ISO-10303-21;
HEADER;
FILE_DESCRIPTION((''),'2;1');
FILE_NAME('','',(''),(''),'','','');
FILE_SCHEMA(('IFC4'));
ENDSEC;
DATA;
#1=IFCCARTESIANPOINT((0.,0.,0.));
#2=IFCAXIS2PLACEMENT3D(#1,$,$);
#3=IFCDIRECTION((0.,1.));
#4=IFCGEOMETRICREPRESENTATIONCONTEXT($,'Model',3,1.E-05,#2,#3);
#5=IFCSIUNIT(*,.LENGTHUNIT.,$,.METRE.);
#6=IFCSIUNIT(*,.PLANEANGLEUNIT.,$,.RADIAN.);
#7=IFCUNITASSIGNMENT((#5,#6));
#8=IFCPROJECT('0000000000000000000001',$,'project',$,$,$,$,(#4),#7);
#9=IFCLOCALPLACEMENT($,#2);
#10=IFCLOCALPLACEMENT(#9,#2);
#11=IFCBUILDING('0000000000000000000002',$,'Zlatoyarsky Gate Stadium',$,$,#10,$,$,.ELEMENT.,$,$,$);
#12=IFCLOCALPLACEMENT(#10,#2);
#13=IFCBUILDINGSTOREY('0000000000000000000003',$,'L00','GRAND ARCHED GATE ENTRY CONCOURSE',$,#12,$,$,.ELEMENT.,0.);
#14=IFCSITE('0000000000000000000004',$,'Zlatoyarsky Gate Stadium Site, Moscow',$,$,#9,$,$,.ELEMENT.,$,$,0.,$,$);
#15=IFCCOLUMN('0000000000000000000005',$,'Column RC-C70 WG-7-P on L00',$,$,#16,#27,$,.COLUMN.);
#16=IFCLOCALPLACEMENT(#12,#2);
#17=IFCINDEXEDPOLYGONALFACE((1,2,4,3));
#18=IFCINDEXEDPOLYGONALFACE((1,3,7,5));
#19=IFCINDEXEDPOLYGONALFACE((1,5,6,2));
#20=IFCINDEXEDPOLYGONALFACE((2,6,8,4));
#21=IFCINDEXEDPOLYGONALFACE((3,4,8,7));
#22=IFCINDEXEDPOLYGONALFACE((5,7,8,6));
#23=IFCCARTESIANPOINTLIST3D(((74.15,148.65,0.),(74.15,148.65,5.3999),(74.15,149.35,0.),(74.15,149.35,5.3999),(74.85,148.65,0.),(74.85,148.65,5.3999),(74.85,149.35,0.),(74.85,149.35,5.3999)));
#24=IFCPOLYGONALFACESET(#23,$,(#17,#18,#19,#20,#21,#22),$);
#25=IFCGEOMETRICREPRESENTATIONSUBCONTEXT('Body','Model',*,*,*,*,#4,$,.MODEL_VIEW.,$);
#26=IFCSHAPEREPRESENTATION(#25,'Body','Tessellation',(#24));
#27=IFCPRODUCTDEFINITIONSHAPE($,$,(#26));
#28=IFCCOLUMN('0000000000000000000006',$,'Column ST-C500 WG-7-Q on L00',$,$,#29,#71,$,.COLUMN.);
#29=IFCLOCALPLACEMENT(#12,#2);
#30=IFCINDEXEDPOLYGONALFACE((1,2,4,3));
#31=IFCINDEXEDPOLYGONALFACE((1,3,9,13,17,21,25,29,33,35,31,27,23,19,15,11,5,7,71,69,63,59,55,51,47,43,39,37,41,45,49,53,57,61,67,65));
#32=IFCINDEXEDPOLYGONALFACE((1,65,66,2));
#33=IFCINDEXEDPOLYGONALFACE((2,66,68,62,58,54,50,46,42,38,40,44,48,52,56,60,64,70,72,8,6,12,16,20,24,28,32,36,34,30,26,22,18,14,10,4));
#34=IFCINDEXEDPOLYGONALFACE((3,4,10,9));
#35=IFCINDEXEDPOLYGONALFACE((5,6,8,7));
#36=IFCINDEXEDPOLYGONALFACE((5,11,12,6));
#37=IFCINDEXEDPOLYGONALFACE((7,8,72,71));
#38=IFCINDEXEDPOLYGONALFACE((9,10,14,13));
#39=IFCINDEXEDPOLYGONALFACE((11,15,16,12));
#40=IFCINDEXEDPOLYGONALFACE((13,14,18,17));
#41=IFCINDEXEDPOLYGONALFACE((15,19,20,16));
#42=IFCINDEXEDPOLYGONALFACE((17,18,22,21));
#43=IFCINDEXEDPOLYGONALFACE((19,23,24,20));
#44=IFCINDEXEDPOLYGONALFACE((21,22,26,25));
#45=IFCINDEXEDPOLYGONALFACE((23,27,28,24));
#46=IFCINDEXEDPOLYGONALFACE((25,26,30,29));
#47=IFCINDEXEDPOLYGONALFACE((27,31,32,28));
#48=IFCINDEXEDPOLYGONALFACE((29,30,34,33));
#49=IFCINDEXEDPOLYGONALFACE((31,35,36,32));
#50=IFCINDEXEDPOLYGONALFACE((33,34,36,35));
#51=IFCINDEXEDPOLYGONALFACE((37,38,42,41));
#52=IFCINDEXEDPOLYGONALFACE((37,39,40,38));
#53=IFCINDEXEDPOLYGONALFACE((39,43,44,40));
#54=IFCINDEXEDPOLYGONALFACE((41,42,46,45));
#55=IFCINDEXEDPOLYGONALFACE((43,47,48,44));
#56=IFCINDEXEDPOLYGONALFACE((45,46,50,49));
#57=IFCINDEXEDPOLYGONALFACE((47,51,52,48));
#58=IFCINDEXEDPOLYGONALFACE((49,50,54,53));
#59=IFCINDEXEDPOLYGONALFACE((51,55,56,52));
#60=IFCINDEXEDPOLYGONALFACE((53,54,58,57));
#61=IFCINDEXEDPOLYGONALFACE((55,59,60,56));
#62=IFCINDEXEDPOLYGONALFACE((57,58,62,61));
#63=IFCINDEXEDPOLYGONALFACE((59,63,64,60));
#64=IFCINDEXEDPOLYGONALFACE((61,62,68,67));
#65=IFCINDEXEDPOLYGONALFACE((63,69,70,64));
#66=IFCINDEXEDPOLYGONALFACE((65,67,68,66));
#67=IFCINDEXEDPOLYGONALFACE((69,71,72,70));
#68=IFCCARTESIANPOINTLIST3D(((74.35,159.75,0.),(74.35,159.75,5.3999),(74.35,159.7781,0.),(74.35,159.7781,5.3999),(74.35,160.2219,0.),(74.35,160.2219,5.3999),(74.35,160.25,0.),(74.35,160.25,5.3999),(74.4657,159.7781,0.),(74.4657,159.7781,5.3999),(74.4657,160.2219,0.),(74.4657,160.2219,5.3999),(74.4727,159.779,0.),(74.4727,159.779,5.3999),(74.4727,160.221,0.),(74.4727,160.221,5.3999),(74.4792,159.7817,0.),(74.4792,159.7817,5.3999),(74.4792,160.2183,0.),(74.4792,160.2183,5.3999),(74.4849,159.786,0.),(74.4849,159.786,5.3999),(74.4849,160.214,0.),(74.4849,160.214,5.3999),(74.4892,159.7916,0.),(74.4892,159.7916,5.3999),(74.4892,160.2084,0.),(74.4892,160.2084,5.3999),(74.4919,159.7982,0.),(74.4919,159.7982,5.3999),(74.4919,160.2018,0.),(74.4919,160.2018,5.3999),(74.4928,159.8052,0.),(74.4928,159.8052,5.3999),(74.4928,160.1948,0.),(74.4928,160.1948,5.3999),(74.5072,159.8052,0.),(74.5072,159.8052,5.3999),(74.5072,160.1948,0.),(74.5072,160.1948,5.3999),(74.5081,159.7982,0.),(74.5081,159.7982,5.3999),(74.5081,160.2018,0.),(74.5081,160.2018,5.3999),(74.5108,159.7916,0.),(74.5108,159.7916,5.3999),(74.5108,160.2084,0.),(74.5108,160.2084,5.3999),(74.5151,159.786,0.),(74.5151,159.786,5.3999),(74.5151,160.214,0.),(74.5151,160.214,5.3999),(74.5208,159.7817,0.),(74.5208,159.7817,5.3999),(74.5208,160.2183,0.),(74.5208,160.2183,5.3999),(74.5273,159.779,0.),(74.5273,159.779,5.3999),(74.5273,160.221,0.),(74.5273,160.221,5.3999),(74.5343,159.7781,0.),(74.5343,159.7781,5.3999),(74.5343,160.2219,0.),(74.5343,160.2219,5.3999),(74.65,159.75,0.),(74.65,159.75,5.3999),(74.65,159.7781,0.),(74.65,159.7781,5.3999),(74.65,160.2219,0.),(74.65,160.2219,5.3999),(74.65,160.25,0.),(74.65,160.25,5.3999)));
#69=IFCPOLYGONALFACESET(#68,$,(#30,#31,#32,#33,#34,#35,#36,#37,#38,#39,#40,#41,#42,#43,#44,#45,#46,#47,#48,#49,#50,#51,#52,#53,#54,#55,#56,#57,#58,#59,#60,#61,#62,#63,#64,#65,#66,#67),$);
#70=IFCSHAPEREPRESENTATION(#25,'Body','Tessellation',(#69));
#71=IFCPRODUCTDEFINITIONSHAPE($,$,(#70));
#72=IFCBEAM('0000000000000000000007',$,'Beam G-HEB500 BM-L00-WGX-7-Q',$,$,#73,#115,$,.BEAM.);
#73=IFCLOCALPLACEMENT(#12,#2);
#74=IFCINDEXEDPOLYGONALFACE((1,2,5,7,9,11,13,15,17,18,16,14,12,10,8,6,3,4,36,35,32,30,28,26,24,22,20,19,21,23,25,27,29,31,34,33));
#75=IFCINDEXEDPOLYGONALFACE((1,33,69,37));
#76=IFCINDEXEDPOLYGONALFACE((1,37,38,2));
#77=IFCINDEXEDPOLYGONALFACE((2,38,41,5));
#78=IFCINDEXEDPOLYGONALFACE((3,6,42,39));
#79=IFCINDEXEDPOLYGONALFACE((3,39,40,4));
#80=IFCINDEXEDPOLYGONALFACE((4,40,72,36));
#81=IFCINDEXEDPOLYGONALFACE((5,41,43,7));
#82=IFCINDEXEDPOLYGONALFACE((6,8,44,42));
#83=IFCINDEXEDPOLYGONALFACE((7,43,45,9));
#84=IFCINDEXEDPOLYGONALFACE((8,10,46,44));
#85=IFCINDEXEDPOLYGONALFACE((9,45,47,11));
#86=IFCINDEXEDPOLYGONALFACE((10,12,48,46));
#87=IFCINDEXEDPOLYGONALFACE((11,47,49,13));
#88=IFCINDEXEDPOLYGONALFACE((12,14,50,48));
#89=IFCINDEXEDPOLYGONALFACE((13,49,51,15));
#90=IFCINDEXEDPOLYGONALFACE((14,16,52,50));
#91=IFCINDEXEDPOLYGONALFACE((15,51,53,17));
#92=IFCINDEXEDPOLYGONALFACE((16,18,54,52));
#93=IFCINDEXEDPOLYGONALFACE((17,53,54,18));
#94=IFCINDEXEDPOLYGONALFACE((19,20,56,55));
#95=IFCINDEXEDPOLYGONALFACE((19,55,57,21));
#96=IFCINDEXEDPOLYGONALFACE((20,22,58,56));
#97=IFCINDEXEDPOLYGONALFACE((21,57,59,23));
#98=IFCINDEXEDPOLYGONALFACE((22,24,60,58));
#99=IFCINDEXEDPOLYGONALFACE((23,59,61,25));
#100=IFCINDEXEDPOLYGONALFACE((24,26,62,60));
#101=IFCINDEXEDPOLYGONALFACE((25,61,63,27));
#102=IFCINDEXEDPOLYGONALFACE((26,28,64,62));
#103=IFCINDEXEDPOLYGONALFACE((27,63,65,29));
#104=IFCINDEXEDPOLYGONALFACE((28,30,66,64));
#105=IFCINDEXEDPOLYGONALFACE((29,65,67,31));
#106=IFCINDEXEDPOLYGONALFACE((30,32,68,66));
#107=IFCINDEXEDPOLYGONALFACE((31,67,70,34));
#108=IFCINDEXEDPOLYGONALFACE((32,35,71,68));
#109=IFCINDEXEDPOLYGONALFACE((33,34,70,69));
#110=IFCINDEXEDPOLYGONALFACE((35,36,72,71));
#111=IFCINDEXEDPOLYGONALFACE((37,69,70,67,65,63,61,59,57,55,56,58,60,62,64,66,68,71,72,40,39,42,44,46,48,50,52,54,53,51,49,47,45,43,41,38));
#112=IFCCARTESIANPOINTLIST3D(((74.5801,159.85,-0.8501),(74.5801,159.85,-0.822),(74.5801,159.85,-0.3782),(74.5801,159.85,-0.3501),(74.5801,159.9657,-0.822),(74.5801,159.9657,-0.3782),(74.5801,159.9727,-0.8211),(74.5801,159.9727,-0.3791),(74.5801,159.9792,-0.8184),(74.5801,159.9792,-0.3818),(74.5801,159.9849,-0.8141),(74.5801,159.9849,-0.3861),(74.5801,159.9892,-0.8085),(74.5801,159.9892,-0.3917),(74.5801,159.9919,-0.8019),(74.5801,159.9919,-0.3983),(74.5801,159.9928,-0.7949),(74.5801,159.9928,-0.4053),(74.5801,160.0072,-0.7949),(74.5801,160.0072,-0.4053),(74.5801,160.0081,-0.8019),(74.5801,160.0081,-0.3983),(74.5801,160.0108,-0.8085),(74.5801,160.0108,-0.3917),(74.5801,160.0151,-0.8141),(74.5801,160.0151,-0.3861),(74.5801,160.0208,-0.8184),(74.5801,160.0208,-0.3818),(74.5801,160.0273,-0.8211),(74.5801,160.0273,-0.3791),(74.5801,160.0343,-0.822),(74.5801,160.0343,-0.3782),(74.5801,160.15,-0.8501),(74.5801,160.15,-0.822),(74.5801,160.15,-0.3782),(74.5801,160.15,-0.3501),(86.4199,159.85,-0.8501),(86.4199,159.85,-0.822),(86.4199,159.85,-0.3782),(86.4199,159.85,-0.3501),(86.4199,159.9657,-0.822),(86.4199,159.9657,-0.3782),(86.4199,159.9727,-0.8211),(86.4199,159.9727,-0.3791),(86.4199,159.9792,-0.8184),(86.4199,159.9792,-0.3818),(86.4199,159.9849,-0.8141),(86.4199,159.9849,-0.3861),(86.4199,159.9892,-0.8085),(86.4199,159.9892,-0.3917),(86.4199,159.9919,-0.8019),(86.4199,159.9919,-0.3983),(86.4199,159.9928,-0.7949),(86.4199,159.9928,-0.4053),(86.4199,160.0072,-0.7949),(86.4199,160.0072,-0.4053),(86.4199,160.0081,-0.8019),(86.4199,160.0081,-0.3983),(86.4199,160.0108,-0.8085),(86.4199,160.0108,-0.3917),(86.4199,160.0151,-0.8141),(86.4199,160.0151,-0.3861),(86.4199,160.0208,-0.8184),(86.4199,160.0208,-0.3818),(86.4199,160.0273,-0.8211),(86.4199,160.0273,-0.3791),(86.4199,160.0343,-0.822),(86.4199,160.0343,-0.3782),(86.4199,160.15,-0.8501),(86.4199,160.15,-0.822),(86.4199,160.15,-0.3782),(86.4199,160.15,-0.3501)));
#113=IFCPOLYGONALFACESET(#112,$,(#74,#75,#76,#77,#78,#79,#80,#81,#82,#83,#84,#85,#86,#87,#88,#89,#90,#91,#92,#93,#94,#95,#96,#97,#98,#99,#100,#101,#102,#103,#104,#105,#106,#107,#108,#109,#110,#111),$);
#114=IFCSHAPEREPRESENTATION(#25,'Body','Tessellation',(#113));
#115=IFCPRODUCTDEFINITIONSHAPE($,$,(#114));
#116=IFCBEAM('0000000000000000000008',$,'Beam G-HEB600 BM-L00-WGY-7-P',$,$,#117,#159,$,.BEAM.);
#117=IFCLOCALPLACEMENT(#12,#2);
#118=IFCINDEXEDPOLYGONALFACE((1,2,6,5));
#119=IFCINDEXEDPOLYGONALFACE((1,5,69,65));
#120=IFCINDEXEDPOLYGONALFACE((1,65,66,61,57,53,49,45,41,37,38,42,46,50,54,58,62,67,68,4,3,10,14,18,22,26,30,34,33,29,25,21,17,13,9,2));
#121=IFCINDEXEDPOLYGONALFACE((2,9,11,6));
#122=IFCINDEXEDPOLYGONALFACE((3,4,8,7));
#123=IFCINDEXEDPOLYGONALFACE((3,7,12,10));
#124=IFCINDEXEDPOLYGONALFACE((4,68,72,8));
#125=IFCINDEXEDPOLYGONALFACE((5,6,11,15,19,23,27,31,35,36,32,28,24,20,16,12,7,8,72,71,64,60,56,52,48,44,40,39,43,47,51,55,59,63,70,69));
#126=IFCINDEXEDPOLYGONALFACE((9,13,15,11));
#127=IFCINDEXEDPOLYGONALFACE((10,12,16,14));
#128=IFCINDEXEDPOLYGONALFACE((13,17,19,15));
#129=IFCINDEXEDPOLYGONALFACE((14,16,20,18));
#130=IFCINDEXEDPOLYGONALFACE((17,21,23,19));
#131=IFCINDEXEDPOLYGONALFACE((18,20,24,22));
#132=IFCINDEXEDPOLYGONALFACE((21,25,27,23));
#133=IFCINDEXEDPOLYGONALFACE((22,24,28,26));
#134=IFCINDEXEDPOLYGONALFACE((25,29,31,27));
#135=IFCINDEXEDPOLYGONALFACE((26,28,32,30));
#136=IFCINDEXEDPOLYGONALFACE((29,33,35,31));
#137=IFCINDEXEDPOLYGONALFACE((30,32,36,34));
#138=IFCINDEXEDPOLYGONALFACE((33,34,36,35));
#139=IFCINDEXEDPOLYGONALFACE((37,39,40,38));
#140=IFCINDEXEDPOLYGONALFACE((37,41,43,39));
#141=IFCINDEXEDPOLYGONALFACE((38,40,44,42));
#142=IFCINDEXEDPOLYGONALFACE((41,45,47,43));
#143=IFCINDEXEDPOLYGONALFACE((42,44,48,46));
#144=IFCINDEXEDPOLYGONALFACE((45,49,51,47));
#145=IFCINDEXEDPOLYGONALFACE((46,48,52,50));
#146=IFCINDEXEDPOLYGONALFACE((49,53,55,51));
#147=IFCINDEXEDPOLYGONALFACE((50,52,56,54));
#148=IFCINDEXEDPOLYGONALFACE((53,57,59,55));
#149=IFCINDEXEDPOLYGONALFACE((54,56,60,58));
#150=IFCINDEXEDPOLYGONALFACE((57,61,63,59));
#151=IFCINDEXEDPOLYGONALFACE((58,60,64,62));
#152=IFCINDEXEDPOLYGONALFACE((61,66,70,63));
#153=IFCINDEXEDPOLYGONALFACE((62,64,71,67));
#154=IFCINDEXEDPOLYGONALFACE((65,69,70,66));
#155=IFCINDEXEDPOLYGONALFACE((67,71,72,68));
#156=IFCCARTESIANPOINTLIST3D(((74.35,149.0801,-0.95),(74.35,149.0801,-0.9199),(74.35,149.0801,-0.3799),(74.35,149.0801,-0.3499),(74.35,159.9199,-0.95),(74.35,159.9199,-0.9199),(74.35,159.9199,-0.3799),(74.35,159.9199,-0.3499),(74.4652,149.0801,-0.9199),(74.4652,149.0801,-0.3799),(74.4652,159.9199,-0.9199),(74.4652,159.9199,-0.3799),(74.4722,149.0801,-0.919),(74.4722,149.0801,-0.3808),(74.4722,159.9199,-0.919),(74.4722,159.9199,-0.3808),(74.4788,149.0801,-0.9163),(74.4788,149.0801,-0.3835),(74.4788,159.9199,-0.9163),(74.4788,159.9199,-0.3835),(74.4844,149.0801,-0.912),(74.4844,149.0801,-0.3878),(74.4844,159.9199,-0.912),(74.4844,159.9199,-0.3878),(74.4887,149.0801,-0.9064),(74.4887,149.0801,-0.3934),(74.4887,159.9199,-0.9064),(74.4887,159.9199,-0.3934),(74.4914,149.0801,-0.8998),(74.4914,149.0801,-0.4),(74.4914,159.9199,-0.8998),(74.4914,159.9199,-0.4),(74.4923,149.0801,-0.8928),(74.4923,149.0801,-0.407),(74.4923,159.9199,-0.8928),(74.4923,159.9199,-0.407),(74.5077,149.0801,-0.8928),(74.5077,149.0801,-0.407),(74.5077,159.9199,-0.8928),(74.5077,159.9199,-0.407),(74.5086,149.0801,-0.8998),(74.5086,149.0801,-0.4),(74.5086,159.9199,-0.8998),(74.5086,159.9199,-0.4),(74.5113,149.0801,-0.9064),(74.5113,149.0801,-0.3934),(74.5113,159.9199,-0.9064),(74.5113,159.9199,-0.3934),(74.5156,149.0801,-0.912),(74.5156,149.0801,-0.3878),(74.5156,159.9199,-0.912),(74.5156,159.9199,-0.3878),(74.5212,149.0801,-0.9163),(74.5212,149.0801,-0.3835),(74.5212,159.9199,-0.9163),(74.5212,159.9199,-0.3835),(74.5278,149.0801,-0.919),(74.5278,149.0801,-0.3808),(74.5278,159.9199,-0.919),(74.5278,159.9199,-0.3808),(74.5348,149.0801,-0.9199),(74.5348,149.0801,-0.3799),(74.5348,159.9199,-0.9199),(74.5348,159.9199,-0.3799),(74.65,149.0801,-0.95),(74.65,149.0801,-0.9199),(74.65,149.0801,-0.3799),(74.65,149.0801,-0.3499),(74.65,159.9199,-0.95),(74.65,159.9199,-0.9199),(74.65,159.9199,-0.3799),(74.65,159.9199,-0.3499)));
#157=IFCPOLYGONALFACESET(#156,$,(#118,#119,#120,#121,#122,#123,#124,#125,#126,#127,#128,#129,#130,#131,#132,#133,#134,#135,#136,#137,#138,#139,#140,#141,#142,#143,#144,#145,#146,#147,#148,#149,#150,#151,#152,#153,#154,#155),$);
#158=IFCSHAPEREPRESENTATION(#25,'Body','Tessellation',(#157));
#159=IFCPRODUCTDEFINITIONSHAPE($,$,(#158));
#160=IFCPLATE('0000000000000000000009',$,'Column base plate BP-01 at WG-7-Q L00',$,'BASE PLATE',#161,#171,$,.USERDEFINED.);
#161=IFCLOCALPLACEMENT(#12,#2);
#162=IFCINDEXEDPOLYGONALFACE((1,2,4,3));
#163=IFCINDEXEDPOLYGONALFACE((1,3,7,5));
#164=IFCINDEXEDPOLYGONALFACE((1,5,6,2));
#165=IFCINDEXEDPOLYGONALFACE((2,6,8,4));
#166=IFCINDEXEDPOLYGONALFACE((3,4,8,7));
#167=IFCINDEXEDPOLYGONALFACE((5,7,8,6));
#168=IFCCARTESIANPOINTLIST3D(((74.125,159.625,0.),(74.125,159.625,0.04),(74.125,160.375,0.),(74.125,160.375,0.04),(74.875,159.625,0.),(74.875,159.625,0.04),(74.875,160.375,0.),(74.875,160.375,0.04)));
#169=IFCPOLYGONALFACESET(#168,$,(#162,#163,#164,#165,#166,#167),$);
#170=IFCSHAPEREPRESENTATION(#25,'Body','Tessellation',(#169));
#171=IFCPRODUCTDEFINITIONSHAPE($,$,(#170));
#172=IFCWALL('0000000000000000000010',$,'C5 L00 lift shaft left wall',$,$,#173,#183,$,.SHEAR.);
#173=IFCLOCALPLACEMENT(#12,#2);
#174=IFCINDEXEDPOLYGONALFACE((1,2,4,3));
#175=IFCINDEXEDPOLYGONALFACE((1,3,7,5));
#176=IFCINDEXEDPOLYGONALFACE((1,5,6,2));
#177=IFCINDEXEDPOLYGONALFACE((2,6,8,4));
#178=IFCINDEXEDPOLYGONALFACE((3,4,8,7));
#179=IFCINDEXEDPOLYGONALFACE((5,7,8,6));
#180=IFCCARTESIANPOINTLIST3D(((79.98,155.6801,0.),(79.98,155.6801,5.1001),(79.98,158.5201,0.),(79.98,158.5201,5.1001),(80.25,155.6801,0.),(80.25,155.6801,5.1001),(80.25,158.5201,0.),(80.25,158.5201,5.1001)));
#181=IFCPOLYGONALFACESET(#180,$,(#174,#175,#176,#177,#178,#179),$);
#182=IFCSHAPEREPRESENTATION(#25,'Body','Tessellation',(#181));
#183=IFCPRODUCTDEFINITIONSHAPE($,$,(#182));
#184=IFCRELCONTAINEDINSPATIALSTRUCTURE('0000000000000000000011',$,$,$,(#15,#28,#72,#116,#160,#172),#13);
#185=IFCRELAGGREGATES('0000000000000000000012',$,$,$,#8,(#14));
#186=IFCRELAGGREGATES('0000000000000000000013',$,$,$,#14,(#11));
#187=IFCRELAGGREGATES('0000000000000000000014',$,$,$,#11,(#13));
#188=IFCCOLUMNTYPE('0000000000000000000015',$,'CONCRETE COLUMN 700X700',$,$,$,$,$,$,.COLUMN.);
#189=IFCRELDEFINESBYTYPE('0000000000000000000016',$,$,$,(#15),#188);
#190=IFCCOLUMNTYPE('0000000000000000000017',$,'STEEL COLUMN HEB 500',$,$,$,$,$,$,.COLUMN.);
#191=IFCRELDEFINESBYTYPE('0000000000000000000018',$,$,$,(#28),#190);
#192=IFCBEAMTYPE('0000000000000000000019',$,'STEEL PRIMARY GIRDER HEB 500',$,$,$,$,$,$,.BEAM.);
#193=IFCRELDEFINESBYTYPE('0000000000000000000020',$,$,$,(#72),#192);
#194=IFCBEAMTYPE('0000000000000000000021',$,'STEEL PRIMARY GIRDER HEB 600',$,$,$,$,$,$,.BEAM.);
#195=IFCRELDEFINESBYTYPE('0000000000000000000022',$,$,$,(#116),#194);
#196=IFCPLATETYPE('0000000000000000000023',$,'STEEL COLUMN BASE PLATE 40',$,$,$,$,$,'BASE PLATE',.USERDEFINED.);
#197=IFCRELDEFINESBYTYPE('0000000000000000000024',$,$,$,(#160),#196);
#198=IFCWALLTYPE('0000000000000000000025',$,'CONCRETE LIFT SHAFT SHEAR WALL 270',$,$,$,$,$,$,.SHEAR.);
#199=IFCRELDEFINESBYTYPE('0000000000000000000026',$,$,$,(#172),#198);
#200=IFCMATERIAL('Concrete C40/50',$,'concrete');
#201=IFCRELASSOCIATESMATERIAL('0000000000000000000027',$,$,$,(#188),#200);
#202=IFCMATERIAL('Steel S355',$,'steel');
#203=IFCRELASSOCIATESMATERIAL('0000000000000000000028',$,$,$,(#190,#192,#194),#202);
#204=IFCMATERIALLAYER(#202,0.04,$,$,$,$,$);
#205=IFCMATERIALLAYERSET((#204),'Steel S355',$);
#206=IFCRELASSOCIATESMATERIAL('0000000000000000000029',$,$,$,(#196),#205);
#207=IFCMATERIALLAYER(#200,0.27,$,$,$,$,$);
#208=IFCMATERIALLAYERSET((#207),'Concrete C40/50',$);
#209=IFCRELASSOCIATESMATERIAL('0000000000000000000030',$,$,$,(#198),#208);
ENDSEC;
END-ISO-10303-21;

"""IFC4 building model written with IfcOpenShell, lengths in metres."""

from ifc_helpers import new_model, si_unit, direction, frame, frame_2d, origin, origin_2d, place, context, subcontext, project, spatial, rectangle, i_section, extrude, material, layer, layer_set, material_profile, profile_set, type_object, element, save


model = new_model("IFC4")

# Units and contexts
model_context = context("Model", 3, precision=1e-05, world=origin(), true_north=direction((0.0, 1.0)))
body_context = subcontext(model_context, "Body", "Model", "MODEL_VIEW")
ifc_project = project(units=[si_unit("LENGTHUNIT", "METRE"), si_unit("PLANEANGLEUNIT", "RADIAN")], contexts=[model_context])

# Site, building, storey
site_placement = place(None, origin())
site = spatial("IfcSite", under=ifc_project, at=site_placement, Name="Zlatoyarsky Gate Stadium Site, Moscow", CompositionType="ELEMENT", RefElevation=0.0)
building_placement = place(site_placement, origin())
building = spatial("IfcBuilding", under=site, at=building_placement, Name="Zlatoyarsky Gate Stadium", CompositionType="ELEMENT")
storey_placement = place(building_placement, origin())
storey = spatial("IfcBuildingStorey", under=building, at=storey_placement, Name="L00", Description="GRAND ARCHED GATE ENTRY CONCOURSE", CompositionType="ELEMENT", Elevation=0.0)

# Columns
ifc_material_1 = material(Name="Concrete C40/50", Category="concrete")
ifc_material_profile_1 = material_profile(ifc_material_1, rectangle(XDim=0.7, YDim=0.7, at=origin_2d()), Name="RC COL 700X700")
ifc_profile_set_1 = profile_set([ifc_material_profile_1], Name="Concrete C40/50")
column_type_1 = type_object("IfcColumnType", Name="CONCRETE COLUMN 700X700", PredefinedType="COLUMN", material=ifc_profile_set_1)
column_1_placement = place(storey_placement, frame((74.5, 149.0, 0.0), z_axis=(0.0, 0.0, 1.0), x_axis=(1.0, 0.0, 0.0)))
element("IfcColumn", 1, at=column_1_placement, inside=storey, type_object=column_type_1, Name="Column RC-C70 WG-7-P on L00", PredefinedType="COLUMN", context=body_context, shape_type="SweptSolid", body=[
    extrude(rectangle(XDim=0.7, YDim=0.7, at=origin_2d()), origin(), (0.0, 0.0, 1.0), 5.3999),
])
ifc_material_2 = material(Name="Steel S355", Category="steel")
ifc_material_profile_2 = material_profile(ifc_material_2, i_section(OverallWidth=0.3, OverallDepth=0.5, WebThickness=0.0144, FlangeThickness=0.0281, FilletRadius=0.0271, at=origin_2d()), Name="HEB 500")
ifc_profile_set_2 = profile_set([ifc_material_profile_2], Name="Steel S355")
column_type_2 = type_object("IfcColumnType", Name="STEEL COLUMN HEB 500", PredefinedType="COLUMN", material=ifc_profile_set_2)
column_2_placement = place(storey_placement, frame((74.5, 160.0, 0.0), z_axis=(0.0, 0.0, 1.0), x_axis=(1.0, 0.0, 0.0)))
element("IfcColumn", 2, at=column_2_placement, inside=storey, type_object=column_type_2, Name="Column ST-C500 WG-7-Q on L00", PredefinedType="COLUMN", context=body_context, shape_type="SweptSolid", body=[
    extrude(i_section(OverallWidth=0.3, OverallDepth=0.5, WebThickness=0.0144, FlangeThickness=0.0281, FilletRadius=0.0271, at=origin_2d()), origin(), (0.0, 0.0, 1.0), 5.3999),
])

# Beams
ifc_material_profile_3 = material_profile(ifc_material_2, i_section(OverallWidth=0.3, OverallDepth=0.5, WebThickness=0.0144, FlangeThickness=0.0281, FilletRadius=0.0271, at=origin_2d()), Name="HEB 500")
ifc_profile_set_3 = profile_set([ifc_material_profile_3], Name="Steel S355")
beam_type_1 = type_object("IfcBeamType", Name="STEEL PRIMARY GIRDER HEB 500", PredefinedType="BEAM", material=ifc_profile_set_3)
beam_1_placement = place(storey_placement, frame((74.5801, 160.0, -0.6001), z_axis=(1.0, 0.0, 0.0), x_axis=(0.0, 1.0, 0.0)))
element("IfcBeam", 3, at=beam_1_placement, inside=storey, type_object=beam_type_1, Name="Beam G-HEB500 BM-L00-WGX-7-Q", PredefinedType="BEAM", context=body_context, shape_type="SweptSolid", body=[
    extrude(i_section(OverallWidth=0.3, OverallDepth=0.5, WebThickness=0.0144, FlangeThickness=0.0281, FilletRadius=0.0271, at=origin_2d()), origin(), (0.0, 0.0, 1.0), 11.8398),
])
ifc_material_profile_4 = material_profile(ifc_material_2, i_section(OverallWidth=0.3, OverallDepth=0.6001, WebThickness=0.0154, FlangeThickness=0.03, FilletRadius=0.0271, at=origin_2d()), Name="HEB 600")
ifc_profile_set_4 = profile_set([ifc_material_profile_4], Name="Steel S355")
beam_type_2 = type_object("IfcBeamType", Name="STEEL PRIMARY GIRDER HEB 600", PredefinedType="BEAM", material=ifc_profile_set_4)
beam_2_placement = place(storey_placement, frame((74.5, 149.0801, -0.6499), z_axis=(0.0, 1.0, 0.0), x_axis=(-1.0, 0.0, 0.0)))
element("IfcBeam", 4, at=beam_2_placement, inside=storey, type_object=beam_type_2, Name="Beam G-HEB600 BM-L00-WGY-7-P", PredefinedType="BEAM", context=body_context, shape_type="SweptSolid", body=[
    extrude(i_section(OverallWidth=0.3, OverallDepth=0.6001, WebThickness=0.0154, FlangeThickness=0.03, FilletRadius=0.0271, at=origin_2d()), origin(), (0.0, 0.0, 1.0), 10.8398),
])

# Plate
ifc_layer_1 = layer(ifc_material_2, 0.04)
ifc_layer_set_1 = layer_set([ifc_layer_1], Name="Steel S355")
plate_type = type_object("IfcPlateType", Name="STEEL COLUMN BASE PLATE 40", ElementType="BASE PLATE", PredefinedType="USERDEFINED", material=ifc_layer_set_1)
plate_placement = place(storey_placement, frame((74.5, 160.0, 0.0), z_axis=(0.0, 0.0, 1.0), x_axis=(1.0, 0.0, 0.0)))
element("IfcPlate", 5, at=plate_placement, inside=storey, type_object=plate_type, Name="Column base plate BP-01 at WG-7-Q L00", ObjectType="BASE PLATE", PredefinedType="USERDEFINED", context=body_context, shape_type="SweptSolid", body=[
    extrude(rectangle(XDim=0.75, YDim=0.75, at=origin_2d()), origin(), (0.0, 0.0, 1.0), 0.04),
])

# Wall
ifc_layer_2 = layer(ifc_material_1, 0.27)
ifc_layer_set_2 = layer_set([ifc_layer_2], Name="Concrete C40/50")
wall_type_1 = type_object("IfcWallType", Name="CONCRETE LIFT SHAFT SHEAR WALL 270", PredefinedType="SHEAR", material=ifc_layer_set_2)
for number, where, z_axis, x_axis, name in (
    (6, (80.115, 158.52, 0.0), (0.0, 0.0, 1.0), (0.0, -1.0, 0.0), "C5 L00 lift shaft left wall"),
):
    element("IfcWall", number, at=place(storey_placement, frame(where, z_axis=z_axis, x_axis=x_axis)), inside=storey, type_object=wall_type_1, Name=name, PredefinedType="SHEAR", context=body_context, shape_type="SweptSolid", body=[
        extrude(rectangle(XDim=2.8401, YDim=0.27, at=frame_2d((1.4199, 0.0))), origin(), (0.0, 0.0, 1.0), 5.1001),
    ])

save(model, "model.ifc")
